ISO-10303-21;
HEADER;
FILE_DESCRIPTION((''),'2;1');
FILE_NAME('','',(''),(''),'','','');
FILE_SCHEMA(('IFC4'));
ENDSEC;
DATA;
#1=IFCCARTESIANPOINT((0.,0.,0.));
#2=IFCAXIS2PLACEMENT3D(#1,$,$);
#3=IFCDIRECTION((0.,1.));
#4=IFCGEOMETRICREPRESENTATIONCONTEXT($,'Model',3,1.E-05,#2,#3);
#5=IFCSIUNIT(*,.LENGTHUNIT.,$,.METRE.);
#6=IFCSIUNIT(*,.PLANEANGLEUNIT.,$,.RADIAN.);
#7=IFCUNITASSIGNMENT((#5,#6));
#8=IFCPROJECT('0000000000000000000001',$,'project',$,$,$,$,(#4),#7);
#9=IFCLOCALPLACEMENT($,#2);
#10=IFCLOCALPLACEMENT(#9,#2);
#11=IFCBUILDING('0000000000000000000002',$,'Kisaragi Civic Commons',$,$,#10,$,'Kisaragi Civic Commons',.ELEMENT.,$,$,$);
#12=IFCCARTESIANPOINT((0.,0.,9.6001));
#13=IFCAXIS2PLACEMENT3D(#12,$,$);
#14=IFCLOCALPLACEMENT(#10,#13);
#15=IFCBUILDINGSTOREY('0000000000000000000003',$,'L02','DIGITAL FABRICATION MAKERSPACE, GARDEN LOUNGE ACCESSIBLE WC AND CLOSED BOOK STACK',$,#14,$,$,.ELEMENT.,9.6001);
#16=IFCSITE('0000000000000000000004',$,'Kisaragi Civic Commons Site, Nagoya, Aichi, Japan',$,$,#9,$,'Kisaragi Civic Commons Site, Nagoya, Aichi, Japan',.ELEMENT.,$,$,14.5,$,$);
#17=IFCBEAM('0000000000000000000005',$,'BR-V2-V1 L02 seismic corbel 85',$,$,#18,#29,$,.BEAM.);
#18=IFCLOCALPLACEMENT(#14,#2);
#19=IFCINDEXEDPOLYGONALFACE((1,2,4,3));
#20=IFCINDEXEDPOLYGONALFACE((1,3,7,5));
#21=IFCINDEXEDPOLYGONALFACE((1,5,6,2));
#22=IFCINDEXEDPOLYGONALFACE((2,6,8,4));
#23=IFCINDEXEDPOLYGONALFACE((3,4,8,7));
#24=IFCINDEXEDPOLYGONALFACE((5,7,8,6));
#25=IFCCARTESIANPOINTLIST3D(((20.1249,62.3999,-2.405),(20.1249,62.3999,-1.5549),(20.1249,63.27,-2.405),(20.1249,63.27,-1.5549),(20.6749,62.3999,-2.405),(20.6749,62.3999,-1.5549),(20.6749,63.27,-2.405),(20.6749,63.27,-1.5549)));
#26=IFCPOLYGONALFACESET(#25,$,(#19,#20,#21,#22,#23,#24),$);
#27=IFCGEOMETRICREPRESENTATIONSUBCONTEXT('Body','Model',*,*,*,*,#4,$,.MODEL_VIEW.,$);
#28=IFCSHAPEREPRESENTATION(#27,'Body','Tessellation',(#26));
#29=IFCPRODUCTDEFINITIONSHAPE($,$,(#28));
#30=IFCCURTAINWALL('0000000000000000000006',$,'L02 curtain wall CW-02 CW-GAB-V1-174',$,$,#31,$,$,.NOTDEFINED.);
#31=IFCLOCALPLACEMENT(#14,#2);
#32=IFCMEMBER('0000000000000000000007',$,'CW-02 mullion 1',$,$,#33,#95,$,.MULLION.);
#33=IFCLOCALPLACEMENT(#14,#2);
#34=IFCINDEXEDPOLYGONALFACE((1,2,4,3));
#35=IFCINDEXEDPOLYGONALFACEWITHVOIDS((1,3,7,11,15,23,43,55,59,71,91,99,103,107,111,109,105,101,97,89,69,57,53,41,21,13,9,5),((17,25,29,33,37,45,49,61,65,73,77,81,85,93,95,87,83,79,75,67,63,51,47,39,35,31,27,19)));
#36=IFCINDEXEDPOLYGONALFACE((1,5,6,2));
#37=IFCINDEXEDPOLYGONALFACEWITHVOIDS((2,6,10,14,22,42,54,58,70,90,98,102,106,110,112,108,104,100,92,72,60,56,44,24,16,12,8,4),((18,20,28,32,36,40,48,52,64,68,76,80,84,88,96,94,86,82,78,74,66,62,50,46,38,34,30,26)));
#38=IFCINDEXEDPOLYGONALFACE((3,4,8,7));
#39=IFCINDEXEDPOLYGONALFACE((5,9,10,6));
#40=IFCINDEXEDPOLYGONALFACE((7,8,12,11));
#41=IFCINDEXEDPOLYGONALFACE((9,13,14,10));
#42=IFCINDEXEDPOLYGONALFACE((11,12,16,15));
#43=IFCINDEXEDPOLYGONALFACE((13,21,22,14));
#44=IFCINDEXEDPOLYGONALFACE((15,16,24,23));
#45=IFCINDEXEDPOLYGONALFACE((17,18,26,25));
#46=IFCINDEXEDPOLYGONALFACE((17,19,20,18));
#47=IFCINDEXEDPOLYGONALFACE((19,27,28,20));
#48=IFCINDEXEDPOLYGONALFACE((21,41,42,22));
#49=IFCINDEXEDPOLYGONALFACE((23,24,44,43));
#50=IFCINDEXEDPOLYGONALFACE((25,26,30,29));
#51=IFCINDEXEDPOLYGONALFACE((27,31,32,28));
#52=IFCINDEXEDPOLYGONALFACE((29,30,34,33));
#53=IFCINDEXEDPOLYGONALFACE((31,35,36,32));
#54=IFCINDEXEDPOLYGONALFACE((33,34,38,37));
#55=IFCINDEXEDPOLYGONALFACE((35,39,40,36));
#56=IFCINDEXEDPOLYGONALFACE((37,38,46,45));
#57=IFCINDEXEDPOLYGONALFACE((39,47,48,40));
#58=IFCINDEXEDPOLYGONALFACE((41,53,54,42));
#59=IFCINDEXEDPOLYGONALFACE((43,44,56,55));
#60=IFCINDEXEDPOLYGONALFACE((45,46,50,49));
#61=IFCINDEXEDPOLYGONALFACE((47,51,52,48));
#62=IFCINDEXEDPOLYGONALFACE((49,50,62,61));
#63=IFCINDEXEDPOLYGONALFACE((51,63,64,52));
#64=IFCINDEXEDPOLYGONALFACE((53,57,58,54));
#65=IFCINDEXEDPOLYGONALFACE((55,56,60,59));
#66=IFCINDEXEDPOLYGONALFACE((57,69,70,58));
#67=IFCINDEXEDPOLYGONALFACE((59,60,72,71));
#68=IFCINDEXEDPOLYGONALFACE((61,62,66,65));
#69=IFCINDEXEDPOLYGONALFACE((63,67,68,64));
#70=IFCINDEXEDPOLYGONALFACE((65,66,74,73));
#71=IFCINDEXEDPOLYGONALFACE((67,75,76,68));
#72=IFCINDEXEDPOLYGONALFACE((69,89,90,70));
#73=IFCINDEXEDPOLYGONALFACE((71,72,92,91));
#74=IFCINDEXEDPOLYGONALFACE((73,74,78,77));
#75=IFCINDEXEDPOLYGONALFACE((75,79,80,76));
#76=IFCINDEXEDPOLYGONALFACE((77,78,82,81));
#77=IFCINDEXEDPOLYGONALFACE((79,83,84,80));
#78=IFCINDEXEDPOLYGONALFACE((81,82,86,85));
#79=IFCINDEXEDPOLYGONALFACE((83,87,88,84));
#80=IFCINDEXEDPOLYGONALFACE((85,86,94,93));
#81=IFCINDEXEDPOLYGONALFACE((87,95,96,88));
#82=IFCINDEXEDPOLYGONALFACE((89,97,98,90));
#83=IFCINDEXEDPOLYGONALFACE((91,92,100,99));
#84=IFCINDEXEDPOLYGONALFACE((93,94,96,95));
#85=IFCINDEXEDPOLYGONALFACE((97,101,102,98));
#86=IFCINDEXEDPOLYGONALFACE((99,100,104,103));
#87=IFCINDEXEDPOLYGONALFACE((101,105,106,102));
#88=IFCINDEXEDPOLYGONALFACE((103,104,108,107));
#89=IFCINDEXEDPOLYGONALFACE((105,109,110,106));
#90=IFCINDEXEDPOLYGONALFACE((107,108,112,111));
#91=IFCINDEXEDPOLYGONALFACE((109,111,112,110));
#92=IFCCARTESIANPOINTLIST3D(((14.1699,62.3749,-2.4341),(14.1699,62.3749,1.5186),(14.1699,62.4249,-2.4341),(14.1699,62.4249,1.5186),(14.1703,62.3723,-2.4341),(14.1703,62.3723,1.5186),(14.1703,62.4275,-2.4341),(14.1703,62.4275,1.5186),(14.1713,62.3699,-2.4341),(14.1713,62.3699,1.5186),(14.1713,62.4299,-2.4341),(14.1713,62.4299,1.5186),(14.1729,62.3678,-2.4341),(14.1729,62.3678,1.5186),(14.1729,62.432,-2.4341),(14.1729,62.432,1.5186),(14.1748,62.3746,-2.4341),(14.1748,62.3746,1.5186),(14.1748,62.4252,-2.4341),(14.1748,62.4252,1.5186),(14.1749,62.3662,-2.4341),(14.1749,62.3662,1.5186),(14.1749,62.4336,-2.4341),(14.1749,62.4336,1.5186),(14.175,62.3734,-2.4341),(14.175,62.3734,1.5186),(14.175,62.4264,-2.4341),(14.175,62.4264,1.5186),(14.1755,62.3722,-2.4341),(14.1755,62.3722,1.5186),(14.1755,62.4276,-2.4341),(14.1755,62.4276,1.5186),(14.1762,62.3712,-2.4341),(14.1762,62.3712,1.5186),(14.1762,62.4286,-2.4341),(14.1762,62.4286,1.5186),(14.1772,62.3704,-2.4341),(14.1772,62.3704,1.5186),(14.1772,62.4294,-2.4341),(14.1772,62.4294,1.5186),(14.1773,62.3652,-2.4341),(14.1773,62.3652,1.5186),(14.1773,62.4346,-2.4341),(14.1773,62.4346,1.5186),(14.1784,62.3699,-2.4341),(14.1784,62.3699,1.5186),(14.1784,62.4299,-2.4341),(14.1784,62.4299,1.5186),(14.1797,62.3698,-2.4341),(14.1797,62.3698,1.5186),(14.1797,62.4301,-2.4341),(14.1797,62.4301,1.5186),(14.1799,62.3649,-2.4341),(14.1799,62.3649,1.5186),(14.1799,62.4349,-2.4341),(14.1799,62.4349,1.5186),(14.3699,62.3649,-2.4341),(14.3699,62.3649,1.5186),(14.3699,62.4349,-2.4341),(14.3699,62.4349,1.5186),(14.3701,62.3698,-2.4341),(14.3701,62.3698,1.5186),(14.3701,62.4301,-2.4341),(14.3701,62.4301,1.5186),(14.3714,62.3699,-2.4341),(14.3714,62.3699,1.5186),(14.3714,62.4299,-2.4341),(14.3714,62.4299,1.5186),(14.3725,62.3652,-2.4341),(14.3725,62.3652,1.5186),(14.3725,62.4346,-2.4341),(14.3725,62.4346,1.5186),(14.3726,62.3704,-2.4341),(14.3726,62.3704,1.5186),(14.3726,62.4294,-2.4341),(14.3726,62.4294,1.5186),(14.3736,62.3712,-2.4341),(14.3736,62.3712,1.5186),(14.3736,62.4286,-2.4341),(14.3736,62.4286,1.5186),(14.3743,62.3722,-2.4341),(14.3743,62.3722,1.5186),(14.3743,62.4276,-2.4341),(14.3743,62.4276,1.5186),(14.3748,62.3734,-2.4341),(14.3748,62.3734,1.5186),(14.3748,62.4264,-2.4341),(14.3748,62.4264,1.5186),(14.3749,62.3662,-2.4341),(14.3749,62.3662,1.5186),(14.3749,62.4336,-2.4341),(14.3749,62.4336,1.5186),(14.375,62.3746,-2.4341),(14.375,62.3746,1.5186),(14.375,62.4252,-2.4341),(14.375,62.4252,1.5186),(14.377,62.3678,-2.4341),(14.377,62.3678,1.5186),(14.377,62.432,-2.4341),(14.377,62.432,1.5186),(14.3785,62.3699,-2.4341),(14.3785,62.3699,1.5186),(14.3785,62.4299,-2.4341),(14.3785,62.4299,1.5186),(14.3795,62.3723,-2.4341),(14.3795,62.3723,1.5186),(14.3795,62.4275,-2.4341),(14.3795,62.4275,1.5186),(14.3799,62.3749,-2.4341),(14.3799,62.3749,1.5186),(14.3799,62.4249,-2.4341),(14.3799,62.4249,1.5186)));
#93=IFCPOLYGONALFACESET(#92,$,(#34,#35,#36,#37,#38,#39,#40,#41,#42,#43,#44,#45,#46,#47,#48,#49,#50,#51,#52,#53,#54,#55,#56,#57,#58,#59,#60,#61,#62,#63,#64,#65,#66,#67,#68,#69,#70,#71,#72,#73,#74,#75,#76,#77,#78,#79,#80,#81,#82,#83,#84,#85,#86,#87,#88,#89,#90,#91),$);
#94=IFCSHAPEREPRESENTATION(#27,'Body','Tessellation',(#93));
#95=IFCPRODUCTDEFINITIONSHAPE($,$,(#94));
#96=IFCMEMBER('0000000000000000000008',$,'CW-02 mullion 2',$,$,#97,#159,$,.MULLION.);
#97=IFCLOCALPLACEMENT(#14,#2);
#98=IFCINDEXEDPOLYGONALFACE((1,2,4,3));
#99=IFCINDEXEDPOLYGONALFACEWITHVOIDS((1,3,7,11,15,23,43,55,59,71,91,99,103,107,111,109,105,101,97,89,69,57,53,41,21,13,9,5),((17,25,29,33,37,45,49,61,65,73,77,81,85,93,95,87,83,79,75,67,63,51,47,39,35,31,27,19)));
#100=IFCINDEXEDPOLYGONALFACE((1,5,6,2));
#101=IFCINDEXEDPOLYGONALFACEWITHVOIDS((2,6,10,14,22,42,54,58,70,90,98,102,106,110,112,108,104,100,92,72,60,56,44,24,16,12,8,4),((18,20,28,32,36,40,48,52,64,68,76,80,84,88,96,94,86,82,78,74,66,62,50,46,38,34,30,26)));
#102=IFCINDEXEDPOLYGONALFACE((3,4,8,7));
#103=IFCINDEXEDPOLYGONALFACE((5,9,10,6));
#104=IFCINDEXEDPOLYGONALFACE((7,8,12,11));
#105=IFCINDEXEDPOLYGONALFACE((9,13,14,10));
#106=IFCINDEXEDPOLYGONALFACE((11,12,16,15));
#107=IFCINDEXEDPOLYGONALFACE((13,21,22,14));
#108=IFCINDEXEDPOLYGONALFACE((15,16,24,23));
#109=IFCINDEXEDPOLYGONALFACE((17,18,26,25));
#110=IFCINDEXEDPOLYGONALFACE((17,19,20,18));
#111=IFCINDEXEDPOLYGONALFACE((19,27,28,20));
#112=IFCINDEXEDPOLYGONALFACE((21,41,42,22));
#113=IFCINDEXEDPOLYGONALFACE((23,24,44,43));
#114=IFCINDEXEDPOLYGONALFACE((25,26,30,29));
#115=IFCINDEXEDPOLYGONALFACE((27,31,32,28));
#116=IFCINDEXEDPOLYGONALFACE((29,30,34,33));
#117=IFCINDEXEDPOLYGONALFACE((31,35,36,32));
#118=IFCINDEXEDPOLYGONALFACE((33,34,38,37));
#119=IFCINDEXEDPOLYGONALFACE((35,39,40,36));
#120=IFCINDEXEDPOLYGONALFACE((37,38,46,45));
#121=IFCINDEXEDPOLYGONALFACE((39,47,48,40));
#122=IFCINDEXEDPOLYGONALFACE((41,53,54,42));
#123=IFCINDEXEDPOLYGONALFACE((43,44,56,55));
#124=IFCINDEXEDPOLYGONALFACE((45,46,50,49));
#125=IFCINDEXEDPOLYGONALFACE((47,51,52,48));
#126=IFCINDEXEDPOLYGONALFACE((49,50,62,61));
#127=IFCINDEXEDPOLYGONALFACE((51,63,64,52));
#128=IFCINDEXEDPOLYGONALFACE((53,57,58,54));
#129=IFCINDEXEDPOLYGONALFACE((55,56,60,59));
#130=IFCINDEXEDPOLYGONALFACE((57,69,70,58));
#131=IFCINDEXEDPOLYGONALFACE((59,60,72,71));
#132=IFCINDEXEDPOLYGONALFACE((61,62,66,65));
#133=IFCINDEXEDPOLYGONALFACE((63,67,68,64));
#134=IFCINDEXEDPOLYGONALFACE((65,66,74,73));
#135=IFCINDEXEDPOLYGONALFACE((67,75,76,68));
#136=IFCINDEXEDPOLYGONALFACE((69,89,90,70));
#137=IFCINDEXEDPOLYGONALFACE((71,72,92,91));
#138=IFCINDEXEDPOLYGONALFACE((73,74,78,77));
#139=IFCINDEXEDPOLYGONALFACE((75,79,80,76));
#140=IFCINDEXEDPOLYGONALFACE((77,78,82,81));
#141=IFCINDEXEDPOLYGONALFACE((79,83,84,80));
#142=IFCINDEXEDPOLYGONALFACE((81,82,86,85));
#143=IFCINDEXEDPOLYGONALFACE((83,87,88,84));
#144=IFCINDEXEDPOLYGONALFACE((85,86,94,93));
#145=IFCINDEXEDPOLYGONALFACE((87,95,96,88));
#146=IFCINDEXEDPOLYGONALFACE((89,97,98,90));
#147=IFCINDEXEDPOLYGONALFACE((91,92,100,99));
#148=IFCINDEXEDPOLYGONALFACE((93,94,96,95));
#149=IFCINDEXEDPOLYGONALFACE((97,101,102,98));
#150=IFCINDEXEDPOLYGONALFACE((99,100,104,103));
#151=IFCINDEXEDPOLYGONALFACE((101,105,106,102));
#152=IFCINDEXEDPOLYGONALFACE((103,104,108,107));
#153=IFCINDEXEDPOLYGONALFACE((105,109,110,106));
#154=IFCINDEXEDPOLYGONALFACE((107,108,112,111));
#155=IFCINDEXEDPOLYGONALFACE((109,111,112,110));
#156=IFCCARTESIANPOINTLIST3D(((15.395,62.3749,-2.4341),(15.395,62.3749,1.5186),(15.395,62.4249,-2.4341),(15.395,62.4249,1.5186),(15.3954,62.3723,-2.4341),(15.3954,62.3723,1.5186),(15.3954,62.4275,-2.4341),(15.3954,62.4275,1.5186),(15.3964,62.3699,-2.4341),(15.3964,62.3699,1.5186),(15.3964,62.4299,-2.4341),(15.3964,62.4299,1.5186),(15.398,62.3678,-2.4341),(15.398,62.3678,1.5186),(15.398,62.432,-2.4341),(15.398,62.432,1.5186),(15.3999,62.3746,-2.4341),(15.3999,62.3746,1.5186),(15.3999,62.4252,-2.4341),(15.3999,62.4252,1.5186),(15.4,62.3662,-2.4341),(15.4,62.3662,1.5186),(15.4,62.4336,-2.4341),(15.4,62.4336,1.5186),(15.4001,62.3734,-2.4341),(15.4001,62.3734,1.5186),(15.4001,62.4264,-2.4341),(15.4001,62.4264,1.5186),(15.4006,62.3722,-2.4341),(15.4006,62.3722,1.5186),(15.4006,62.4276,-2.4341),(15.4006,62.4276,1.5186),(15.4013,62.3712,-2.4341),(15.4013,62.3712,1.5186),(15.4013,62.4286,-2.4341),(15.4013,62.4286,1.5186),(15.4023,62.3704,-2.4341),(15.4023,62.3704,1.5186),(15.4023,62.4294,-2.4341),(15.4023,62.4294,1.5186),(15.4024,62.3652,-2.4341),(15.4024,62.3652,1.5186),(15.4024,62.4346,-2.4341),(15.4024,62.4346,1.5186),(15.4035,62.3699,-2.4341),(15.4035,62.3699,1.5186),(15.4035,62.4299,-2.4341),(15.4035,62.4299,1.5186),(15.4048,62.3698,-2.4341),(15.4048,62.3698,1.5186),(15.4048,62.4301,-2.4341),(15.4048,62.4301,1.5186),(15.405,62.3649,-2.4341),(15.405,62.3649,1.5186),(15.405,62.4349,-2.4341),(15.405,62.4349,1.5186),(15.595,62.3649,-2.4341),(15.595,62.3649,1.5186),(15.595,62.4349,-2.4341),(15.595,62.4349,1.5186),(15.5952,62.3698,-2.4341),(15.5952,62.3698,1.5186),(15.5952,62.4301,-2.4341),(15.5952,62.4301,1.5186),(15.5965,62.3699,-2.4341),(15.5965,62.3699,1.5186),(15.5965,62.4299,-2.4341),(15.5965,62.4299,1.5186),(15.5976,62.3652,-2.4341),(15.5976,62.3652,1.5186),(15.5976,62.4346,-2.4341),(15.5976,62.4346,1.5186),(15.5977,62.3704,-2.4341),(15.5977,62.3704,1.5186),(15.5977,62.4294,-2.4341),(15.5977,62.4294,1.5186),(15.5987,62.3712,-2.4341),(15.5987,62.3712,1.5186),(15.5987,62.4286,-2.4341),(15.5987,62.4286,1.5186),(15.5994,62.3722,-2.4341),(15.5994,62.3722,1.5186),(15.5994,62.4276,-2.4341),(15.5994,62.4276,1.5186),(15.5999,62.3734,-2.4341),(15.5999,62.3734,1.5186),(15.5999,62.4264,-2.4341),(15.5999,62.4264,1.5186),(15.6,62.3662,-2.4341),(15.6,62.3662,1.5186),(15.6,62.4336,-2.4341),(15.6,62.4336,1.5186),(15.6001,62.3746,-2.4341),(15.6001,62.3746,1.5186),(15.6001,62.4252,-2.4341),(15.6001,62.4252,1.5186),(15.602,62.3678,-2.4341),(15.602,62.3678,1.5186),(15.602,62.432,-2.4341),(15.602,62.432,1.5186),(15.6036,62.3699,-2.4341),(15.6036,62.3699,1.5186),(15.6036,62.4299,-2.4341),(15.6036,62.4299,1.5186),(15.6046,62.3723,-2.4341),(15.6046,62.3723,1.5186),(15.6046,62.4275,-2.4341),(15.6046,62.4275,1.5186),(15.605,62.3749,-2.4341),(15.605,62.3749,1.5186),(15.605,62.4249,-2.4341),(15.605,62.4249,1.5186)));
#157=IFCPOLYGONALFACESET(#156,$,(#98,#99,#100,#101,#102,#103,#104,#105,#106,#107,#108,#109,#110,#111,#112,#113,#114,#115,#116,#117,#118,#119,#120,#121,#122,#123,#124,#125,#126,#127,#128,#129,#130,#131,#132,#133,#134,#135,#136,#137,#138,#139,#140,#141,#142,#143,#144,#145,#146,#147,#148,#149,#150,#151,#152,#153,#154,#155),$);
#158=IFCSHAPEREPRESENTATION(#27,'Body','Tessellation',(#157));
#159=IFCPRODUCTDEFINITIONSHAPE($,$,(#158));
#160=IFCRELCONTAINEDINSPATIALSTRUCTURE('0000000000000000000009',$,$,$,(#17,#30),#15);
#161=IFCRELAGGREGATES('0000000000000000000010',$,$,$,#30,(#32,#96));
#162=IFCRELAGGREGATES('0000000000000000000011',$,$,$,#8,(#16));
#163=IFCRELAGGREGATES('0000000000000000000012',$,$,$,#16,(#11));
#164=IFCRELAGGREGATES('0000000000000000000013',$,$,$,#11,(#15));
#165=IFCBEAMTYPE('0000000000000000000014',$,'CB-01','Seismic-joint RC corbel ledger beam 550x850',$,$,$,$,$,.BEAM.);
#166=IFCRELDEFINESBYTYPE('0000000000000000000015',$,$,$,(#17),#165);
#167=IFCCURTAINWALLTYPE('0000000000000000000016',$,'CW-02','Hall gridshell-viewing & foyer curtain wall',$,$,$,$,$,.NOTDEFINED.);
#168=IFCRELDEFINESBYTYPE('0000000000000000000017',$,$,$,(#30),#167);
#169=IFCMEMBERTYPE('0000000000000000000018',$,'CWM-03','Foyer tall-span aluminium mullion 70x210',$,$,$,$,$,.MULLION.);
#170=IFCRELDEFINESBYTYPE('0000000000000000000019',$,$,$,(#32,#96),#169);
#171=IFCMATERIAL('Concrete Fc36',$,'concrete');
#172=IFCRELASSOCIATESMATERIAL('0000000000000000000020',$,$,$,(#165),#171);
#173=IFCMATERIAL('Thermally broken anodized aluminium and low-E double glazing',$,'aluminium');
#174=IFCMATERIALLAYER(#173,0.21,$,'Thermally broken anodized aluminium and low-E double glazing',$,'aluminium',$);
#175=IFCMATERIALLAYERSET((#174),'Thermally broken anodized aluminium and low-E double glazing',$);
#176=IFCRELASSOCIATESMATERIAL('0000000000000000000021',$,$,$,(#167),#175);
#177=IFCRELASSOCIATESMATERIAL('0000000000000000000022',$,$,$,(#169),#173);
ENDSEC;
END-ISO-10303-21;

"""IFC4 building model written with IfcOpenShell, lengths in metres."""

from ifc_helpers import new_model, si_unit, direction, frame, origin, origin_2d, place, context, subcontext, project, spatial, rectangle, hollow_rectangle, extrude, material, layer, layer_set, material_profile, profile_set, type_object, element, aggregate, save


model = new_model("IFC4")

# Units and contexts
model_context = context("Model", 3, precision=1e-05, world=origin(), true_north=direction((0.0, 1.0)))
body_context = subcontext(model_context, "Body", "Model", "MODEL_VIEW")
ifc_project = project(units=[si_unit("LENGTHUNIT", "METRE"), si_unit("PLANEANGLEUNIT", "RADIAN")], contexts=[model_context])

# Site, building, storey
site_placement = place(None, origin())
site = spatial("IfcSite", under=ifc_project, at=site_placement, Name="Kisaragi Civic Commons Site, Nagoya, Aichi, Japan", LongName="Kisaragi Civic Commons Site, Nagoya, Aichi, Japan", CompositionType="ELEMENT", RefElevation=14.5)
building_placement = place(site_placement, origin())
building = spatial("IfcBuilding", under=site, at=building_placement, Name="Kisaragi Civic Commons", LongName="Kisaragi Civic Commons", CompositionType="ELEMENT")
storey_placement = place(building_placement, frame((0.0, 0.0, 9.6001)))
storey = spatial("IfcBuildingStorey", under=building, at=storey_placement, Name="L02", Description="DIGITAL FABRICATION MAKERSPACE, GARDEN LOUNGE ACCESSIBLE WC AND CLOSED BOOK STACK", CompositionType="ELEMENT", Elevation=9.6001)

# Beam
ifc_material_1 = material(Name="Concrete Fc36", Category="concrete")
ifc_material_profile_1 = material_profile(ifc_material_1, rectangle(XDim=0.55, YDim=0.8501, at=origin_2d()), Name="RC-550x850", Category="concrete")
ifc_profile_set_1 = profile_set([ifc_material_profile_1], Name="Concrete Fc36")
beam_type_1 = type_object("IfcBeamType", Name="CB-01", Description="Seismic-joint RC corbel ledger beam 550x850", PredefinedType="BEAM", material=ifc_profile_set_1)
beam_1_placement = place(storey_placement, frame((20.3999, 62.3999, -1.98), z_axis=(0.0, 1.0, 0.0), x_axis=(-1.0, 0.0, 0.0)))
element("IfcBeam", 1, at=beam_1_placement, inside=storey, type_object=beam_type_1, Name="BR-V2-V1 L02 seismic corbel 85", PredefinedType="BEAM", context=body_context, shape_type="SweptSolid", body=[
    extrude(rectangle(XDim=0.55, YDim=0.8501, at=origin_2d()), origin(), (0.0, 0.0, 1.0), 0.8701),
])

# Curtain wall, members
ifc_material_2 = material(Name="Thermally broken anodized aluminium and low-E double glazing", Category="aluminium")
ifc_layer_1 = layer(ifc_material_2, 0.21, Name="Thermally broken anodized aluminium and low-E double glazing", Category="aluminium")
ifc_layer_set_1 = layer_set([ifc_layer_1], Name="Thermally broken anodized aluminium and low-E double glazing")
curtain_wall_type = type_object("IfcCurtainWallType", Name="CW-02", Description="Hall gridshell-viewing & foyer curtain wall", PredefinedType="NOTDEFINED", material=ifc_layer_set_1)
curtain_wall_placement = place(storey_placement, origin())
curtain_wall = element("IfcCurtainWall", 2, at=curtain_wall_placement, inside=storey, type_object=curtain_wall_type, Name="L02 curtain wall CW-02 CW-GAB-V1-174", PredefinedType="NOTDEFINED")
ifc_material_profile_2 = material_profile(ifc_material_2, hollow_rectangle(XDim=0.0701, YDim=0.21, WallThickness=0.0049, InnerFilletRadius=0.0049, OuterFilletRadius=0.01, at=origin_2d()), Name="CWM-70x210x5", Category="aluminium")
ifc_profile_set_2 = profile_set([ifc_material_profile_2], Name="Thermally broken anodized aluminium and low-E double glazing")
member_type_1 = type_object("IfcMemberType", Name="CWM-03", Description="Foyer tall-span aluminium mullion 70x210", PredefinedType="MULLION", material=ifc_profile_set_2)
member_1_placement = place(storey_placement, frame((14.2749, 62.3999, -2.4341), z_axis=(0.0, 0.0, 1.0), x_axis=(0.0, 1.0, 0.0)))
member_1 = element("IfcMember", 3, at=member_1_placement, type_object=member_type_1, Name="CW-02 mullion 1", PredefinedType="MULLION", context=body_context, shape_type="SweptSolid", body=[
    extrude(hollow_rectangle(XDim=0.0701, YDim=0.21, WallThickness=0.0049, InnerFilletRadius=0.0049, OuterFilletRadius=0.01, at=origin_2d()), origin(), (0.0, 0.0, 1.0), 3.9526),
])
member_2_placement = place(storey_placement, frame((15.5, 62.3999, -2.4341), z_axis=(0.0, 0.0, 1.0), x_axis=(0.0, 1.0, 0.0)))
member_2 = element("IfcMember", 4, at=member_2_placement, type_object=member_type_1, Name="CW-02 mullion 2", PredefinedType="MULLION", context=body_context, shape_type="SweptSolid", body=[
    extrude(hollow_rectangle(XDim=0.0701, YDim=0.21, WallThickness=0.0049, InnerFilletRadius=0.0049, OuterFilletRadius=0.01, at=origin_2d()), origin(), (0.0, 0.0, 1.0), 3.9526),
])

aggregate(curtain_wall, [member_1, member_2])

save(model, "model.ifc")
